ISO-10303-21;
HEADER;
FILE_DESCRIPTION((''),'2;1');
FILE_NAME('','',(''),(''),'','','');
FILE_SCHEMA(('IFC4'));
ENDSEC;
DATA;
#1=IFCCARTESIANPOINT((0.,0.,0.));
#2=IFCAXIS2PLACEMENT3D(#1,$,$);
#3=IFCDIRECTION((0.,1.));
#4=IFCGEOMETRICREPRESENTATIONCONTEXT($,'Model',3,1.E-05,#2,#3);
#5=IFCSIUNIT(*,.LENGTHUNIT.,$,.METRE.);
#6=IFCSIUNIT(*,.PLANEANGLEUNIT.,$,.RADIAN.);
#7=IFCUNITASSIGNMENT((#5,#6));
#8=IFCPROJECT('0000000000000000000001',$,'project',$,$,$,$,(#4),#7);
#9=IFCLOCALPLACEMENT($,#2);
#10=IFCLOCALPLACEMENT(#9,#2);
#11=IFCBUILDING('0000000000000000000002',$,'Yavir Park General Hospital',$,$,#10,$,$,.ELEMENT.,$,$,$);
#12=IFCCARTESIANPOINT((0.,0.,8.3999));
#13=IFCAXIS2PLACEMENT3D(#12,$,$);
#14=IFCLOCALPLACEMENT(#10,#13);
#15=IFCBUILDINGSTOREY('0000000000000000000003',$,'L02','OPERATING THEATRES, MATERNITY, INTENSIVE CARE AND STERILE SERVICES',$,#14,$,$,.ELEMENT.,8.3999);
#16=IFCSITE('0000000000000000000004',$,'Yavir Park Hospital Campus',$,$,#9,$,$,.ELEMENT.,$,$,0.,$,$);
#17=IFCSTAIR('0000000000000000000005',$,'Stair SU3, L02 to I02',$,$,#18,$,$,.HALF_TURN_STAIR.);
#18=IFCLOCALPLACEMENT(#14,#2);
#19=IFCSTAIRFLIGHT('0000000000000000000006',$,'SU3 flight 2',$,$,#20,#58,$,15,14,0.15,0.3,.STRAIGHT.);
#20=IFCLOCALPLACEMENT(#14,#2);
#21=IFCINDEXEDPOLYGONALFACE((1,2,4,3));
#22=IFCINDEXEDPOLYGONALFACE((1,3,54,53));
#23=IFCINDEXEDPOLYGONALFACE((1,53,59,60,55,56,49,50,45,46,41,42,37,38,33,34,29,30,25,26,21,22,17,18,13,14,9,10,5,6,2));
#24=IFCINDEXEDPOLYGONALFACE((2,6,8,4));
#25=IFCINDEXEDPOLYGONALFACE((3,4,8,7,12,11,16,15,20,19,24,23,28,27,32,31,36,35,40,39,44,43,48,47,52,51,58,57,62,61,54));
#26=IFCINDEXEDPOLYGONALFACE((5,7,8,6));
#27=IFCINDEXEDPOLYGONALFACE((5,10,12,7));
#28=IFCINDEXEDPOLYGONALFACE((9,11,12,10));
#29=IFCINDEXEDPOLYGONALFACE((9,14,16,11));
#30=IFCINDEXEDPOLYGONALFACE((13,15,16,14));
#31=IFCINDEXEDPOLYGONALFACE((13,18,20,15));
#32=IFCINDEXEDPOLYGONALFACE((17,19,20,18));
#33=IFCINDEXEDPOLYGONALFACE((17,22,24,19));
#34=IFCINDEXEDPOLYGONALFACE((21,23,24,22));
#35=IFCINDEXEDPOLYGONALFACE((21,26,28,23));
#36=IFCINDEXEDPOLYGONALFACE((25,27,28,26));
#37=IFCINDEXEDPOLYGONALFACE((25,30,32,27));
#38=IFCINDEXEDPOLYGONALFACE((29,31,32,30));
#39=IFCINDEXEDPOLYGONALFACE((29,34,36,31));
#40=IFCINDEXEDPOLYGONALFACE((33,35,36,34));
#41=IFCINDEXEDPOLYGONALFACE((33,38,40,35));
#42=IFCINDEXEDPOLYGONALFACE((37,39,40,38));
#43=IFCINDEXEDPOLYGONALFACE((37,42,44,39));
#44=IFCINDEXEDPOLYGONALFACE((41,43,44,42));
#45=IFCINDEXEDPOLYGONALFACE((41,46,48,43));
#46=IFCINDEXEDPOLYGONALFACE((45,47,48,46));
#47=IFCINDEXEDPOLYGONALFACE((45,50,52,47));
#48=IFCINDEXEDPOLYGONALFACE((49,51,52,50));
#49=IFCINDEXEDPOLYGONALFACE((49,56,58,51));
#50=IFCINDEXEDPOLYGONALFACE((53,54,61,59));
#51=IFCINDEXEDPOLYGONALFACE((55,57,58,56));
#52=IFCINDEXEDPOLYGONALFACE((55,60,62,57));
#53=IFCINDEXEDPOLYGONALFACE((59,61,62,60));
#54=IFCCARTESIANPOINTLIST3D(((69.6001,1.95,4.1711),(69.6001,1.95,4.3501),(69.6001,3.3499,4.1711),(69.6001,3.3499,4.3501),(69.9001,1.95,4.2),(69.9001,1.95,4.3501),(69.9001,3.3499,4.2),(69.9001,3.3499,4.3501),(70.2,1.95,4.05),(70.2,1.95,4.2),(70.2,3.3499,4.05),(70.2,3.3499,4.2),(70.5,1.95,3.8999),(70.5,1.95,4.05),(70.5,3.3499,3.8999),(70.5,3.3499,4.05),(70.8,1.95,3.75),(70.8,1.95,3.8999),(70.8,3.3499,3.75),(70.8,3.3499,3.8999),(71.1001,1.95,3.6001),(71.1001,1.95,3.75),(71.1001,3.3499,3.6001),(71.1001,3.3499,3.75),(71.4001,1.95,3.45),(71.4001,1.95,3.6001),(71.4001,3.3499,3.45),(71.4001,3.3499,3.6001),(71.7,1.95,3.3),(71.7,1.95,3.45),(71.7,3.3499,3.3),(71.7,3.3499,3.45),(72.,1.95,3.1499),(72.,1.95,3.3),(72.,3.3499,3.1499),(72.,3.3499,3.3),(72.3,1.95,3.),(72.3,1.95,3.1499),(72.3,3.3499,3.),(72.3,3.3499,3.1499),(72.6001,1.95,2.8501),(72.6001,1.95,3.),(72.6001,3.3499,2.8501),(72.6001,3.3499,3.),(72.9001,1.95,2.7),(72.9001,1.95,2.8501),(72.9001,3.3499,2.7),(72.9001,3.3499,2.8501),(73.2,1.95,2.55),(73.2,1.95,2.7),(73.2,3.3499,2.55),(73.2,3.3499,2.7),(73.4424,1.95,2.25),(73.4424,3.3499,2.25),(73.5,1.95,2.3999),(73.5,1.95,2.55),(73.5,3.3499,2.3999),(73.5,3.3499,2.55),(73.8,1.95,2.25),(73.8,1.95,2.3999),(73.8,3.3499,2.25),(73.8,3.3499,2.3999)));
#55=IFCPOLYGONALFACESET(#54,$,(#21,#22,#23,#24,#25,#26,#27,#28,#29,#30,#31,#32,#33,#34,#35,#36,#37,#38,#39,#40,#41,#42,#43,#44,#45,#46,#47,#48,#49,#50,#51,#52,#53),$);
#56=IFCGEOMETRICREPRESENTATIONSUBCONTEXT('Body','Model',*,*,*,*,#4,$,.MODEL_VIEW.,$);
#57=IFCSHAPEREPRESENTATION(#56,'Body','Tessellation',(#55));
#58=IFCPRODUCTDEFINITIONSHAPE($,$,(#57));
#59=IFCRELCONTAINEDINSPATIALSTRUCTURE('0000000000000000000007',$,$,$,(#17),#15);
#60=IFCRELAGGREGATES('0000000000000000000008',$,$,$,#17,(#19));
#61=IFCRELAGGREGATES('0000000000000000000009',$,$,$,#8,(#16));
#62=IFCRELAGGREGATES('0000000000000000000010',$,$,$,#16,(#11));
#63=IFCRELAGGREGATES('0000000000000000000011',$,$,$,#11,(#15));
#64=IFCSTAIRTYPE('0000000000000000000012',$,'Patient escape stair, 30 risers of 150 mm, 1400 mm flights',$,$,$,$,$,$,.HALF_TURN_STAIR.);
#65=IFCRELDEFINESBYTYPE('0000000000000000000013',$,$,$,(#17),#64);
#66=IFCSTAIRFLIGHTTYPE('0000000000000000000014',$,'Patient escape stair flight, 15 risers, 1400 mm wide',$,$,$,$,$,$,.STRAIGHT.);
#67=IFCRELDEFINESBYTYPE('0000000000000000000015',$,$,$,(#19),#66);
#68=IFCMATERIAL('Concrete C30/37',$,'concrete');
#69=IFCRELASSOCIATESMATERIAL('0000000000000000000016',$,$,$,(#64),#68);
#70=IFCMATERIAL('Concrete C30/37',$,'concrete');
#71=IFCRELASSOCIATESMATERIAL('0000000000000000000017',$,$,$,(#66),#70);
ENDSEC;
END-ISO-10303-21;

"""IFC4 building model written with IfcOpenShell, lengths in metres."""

from ifc_helpers import new_model, si_unit, direction, frame, origin, place, context, subcontext, project, spatial, polyline, outline, extrude, material, type_object, element, aggregate, save


model = new_model("IFC4")

# Units and contexts
model_context = context("Model", 3, precision=1e-05, world=origin(), true_north=direction((0.0, 1.0)))
body_context = subcontext(model_context, "Body", "Model", "MODEL_VIEW")
ifc_project = project(units=[si_unit("LENGTHUNIT", "METRE"), si_unit("PLANEANGLEUNIT", "RADIAN")], contexts=[model_context])

# Site, building, storey
site_placement = place(None, origin())
site = spatial("IfcSite", under=ifc_project, at=site_placement, Name="Yavir Park Hospital Campus", CompositionType="ELEMENT", RefElevation=0.0)
building_placement = place(site_placement, origin())
building = spatial("IfcBuilding", under=site, at=building_placement, Name="Yavir Park General Hospital", CompositionType="ELEMENT")
storey_placement = place(building_placement, frame((0.0, 0.0, 8.3999)))
storey = spatial("IfcBuildingStorey", under=building, at=storey_placement, Name="L02", Description="OPERATING THEATRES, MATERNITY, INTENSIVE CARE AND STERILE SERVICES", CompositionType="ELEMENT", Elevation=8.3999)

# Stair, stair flight
ifc_material_1 = material(Name="Concrete C30/37", Category="concrete")
stair_type = type_object("IfcStairType", Name="Patient escape stair, 30 risers of 150 mm, 1400 mm flights", PredefinedType="HALF_TURN_STAIR", material=ifc_material_1)
stair_placement = place(storey_placement, origin())
stair = element("IfcStair", 1, at=stair_placement, inside=storey, type_object=stair_type, Name="Stair SU3, L02 to I02", PredefinedType="HALF_TURN_STAIR")
ifc_material_2 = material(Name="Concrete C30/37", Category="concrete")
stair_flight_type = type_object("IfcStairFlightType", Name="Patient escape stair flight, 15 risers, 1400 mm wide", PredefinedType="STRAIGHT", material=ifc_material_2)
stair_flight_placement = place(storey_placement, frame((73.8, 2.6499, 2.25), z_axis=(0.0, 0.0, 1.0), x_axis=(-1.0, 0.0, 0.0)))
stair_flight = element("IfcStairFlight", 2, at=stair_flight_placement, type_object=stair_flight_type, Name="SU3 flight 2", NumberOfRisers=15, NumberOfTreads=14, PredefinedType="STRAIGHT", RiserHeight=0.15, TreadLength=0.3, context=body_context, shape_type="SweptSolid", body=[
    extrude(outline(polyline([(0.0, 0.0), (0.0, 0.1499), (0.3, 0.1499), (0.3, 0.3), (0.6001, 0.3), (0.6001, 0.45), (0.8999, 0.45), (0.8999, 0.6001), (1.2, 0.6001), (1.2, 0.75), (1.5, 0.75), (1.5, 0.8999), (1.8, 0.8999), (1.8, 1.05), (2.1001, 1.05), (2.1001, 1.2), (2.3999, 1.2), (2.3999, 1.3501), (2.7, 1.3501), (2.7, 1.5), (3.0, 1.5), (3.0, 1.6499), (3.3, 1.6499), (3.3, 1.8), (3.6001, 1.8), (3.6001, 1.95), (3.8999, 1.95), (3.8999, 2.1001), (4.2, 2.1001), (4.2, 2.25), (4.2, 1.9211), (0.3577, 0.0), (0.0, 0.0)])), frame((0.0, 0.7, 0.0), z_axis=(0.0, -1.0, 0.0), x_axis=(1.0, 0.0, 0.0)), (0.0, 0.0, 1.0), 1.3999),
])
aggregate(stair, [stair_flight])

save(model, "model.ifc")
